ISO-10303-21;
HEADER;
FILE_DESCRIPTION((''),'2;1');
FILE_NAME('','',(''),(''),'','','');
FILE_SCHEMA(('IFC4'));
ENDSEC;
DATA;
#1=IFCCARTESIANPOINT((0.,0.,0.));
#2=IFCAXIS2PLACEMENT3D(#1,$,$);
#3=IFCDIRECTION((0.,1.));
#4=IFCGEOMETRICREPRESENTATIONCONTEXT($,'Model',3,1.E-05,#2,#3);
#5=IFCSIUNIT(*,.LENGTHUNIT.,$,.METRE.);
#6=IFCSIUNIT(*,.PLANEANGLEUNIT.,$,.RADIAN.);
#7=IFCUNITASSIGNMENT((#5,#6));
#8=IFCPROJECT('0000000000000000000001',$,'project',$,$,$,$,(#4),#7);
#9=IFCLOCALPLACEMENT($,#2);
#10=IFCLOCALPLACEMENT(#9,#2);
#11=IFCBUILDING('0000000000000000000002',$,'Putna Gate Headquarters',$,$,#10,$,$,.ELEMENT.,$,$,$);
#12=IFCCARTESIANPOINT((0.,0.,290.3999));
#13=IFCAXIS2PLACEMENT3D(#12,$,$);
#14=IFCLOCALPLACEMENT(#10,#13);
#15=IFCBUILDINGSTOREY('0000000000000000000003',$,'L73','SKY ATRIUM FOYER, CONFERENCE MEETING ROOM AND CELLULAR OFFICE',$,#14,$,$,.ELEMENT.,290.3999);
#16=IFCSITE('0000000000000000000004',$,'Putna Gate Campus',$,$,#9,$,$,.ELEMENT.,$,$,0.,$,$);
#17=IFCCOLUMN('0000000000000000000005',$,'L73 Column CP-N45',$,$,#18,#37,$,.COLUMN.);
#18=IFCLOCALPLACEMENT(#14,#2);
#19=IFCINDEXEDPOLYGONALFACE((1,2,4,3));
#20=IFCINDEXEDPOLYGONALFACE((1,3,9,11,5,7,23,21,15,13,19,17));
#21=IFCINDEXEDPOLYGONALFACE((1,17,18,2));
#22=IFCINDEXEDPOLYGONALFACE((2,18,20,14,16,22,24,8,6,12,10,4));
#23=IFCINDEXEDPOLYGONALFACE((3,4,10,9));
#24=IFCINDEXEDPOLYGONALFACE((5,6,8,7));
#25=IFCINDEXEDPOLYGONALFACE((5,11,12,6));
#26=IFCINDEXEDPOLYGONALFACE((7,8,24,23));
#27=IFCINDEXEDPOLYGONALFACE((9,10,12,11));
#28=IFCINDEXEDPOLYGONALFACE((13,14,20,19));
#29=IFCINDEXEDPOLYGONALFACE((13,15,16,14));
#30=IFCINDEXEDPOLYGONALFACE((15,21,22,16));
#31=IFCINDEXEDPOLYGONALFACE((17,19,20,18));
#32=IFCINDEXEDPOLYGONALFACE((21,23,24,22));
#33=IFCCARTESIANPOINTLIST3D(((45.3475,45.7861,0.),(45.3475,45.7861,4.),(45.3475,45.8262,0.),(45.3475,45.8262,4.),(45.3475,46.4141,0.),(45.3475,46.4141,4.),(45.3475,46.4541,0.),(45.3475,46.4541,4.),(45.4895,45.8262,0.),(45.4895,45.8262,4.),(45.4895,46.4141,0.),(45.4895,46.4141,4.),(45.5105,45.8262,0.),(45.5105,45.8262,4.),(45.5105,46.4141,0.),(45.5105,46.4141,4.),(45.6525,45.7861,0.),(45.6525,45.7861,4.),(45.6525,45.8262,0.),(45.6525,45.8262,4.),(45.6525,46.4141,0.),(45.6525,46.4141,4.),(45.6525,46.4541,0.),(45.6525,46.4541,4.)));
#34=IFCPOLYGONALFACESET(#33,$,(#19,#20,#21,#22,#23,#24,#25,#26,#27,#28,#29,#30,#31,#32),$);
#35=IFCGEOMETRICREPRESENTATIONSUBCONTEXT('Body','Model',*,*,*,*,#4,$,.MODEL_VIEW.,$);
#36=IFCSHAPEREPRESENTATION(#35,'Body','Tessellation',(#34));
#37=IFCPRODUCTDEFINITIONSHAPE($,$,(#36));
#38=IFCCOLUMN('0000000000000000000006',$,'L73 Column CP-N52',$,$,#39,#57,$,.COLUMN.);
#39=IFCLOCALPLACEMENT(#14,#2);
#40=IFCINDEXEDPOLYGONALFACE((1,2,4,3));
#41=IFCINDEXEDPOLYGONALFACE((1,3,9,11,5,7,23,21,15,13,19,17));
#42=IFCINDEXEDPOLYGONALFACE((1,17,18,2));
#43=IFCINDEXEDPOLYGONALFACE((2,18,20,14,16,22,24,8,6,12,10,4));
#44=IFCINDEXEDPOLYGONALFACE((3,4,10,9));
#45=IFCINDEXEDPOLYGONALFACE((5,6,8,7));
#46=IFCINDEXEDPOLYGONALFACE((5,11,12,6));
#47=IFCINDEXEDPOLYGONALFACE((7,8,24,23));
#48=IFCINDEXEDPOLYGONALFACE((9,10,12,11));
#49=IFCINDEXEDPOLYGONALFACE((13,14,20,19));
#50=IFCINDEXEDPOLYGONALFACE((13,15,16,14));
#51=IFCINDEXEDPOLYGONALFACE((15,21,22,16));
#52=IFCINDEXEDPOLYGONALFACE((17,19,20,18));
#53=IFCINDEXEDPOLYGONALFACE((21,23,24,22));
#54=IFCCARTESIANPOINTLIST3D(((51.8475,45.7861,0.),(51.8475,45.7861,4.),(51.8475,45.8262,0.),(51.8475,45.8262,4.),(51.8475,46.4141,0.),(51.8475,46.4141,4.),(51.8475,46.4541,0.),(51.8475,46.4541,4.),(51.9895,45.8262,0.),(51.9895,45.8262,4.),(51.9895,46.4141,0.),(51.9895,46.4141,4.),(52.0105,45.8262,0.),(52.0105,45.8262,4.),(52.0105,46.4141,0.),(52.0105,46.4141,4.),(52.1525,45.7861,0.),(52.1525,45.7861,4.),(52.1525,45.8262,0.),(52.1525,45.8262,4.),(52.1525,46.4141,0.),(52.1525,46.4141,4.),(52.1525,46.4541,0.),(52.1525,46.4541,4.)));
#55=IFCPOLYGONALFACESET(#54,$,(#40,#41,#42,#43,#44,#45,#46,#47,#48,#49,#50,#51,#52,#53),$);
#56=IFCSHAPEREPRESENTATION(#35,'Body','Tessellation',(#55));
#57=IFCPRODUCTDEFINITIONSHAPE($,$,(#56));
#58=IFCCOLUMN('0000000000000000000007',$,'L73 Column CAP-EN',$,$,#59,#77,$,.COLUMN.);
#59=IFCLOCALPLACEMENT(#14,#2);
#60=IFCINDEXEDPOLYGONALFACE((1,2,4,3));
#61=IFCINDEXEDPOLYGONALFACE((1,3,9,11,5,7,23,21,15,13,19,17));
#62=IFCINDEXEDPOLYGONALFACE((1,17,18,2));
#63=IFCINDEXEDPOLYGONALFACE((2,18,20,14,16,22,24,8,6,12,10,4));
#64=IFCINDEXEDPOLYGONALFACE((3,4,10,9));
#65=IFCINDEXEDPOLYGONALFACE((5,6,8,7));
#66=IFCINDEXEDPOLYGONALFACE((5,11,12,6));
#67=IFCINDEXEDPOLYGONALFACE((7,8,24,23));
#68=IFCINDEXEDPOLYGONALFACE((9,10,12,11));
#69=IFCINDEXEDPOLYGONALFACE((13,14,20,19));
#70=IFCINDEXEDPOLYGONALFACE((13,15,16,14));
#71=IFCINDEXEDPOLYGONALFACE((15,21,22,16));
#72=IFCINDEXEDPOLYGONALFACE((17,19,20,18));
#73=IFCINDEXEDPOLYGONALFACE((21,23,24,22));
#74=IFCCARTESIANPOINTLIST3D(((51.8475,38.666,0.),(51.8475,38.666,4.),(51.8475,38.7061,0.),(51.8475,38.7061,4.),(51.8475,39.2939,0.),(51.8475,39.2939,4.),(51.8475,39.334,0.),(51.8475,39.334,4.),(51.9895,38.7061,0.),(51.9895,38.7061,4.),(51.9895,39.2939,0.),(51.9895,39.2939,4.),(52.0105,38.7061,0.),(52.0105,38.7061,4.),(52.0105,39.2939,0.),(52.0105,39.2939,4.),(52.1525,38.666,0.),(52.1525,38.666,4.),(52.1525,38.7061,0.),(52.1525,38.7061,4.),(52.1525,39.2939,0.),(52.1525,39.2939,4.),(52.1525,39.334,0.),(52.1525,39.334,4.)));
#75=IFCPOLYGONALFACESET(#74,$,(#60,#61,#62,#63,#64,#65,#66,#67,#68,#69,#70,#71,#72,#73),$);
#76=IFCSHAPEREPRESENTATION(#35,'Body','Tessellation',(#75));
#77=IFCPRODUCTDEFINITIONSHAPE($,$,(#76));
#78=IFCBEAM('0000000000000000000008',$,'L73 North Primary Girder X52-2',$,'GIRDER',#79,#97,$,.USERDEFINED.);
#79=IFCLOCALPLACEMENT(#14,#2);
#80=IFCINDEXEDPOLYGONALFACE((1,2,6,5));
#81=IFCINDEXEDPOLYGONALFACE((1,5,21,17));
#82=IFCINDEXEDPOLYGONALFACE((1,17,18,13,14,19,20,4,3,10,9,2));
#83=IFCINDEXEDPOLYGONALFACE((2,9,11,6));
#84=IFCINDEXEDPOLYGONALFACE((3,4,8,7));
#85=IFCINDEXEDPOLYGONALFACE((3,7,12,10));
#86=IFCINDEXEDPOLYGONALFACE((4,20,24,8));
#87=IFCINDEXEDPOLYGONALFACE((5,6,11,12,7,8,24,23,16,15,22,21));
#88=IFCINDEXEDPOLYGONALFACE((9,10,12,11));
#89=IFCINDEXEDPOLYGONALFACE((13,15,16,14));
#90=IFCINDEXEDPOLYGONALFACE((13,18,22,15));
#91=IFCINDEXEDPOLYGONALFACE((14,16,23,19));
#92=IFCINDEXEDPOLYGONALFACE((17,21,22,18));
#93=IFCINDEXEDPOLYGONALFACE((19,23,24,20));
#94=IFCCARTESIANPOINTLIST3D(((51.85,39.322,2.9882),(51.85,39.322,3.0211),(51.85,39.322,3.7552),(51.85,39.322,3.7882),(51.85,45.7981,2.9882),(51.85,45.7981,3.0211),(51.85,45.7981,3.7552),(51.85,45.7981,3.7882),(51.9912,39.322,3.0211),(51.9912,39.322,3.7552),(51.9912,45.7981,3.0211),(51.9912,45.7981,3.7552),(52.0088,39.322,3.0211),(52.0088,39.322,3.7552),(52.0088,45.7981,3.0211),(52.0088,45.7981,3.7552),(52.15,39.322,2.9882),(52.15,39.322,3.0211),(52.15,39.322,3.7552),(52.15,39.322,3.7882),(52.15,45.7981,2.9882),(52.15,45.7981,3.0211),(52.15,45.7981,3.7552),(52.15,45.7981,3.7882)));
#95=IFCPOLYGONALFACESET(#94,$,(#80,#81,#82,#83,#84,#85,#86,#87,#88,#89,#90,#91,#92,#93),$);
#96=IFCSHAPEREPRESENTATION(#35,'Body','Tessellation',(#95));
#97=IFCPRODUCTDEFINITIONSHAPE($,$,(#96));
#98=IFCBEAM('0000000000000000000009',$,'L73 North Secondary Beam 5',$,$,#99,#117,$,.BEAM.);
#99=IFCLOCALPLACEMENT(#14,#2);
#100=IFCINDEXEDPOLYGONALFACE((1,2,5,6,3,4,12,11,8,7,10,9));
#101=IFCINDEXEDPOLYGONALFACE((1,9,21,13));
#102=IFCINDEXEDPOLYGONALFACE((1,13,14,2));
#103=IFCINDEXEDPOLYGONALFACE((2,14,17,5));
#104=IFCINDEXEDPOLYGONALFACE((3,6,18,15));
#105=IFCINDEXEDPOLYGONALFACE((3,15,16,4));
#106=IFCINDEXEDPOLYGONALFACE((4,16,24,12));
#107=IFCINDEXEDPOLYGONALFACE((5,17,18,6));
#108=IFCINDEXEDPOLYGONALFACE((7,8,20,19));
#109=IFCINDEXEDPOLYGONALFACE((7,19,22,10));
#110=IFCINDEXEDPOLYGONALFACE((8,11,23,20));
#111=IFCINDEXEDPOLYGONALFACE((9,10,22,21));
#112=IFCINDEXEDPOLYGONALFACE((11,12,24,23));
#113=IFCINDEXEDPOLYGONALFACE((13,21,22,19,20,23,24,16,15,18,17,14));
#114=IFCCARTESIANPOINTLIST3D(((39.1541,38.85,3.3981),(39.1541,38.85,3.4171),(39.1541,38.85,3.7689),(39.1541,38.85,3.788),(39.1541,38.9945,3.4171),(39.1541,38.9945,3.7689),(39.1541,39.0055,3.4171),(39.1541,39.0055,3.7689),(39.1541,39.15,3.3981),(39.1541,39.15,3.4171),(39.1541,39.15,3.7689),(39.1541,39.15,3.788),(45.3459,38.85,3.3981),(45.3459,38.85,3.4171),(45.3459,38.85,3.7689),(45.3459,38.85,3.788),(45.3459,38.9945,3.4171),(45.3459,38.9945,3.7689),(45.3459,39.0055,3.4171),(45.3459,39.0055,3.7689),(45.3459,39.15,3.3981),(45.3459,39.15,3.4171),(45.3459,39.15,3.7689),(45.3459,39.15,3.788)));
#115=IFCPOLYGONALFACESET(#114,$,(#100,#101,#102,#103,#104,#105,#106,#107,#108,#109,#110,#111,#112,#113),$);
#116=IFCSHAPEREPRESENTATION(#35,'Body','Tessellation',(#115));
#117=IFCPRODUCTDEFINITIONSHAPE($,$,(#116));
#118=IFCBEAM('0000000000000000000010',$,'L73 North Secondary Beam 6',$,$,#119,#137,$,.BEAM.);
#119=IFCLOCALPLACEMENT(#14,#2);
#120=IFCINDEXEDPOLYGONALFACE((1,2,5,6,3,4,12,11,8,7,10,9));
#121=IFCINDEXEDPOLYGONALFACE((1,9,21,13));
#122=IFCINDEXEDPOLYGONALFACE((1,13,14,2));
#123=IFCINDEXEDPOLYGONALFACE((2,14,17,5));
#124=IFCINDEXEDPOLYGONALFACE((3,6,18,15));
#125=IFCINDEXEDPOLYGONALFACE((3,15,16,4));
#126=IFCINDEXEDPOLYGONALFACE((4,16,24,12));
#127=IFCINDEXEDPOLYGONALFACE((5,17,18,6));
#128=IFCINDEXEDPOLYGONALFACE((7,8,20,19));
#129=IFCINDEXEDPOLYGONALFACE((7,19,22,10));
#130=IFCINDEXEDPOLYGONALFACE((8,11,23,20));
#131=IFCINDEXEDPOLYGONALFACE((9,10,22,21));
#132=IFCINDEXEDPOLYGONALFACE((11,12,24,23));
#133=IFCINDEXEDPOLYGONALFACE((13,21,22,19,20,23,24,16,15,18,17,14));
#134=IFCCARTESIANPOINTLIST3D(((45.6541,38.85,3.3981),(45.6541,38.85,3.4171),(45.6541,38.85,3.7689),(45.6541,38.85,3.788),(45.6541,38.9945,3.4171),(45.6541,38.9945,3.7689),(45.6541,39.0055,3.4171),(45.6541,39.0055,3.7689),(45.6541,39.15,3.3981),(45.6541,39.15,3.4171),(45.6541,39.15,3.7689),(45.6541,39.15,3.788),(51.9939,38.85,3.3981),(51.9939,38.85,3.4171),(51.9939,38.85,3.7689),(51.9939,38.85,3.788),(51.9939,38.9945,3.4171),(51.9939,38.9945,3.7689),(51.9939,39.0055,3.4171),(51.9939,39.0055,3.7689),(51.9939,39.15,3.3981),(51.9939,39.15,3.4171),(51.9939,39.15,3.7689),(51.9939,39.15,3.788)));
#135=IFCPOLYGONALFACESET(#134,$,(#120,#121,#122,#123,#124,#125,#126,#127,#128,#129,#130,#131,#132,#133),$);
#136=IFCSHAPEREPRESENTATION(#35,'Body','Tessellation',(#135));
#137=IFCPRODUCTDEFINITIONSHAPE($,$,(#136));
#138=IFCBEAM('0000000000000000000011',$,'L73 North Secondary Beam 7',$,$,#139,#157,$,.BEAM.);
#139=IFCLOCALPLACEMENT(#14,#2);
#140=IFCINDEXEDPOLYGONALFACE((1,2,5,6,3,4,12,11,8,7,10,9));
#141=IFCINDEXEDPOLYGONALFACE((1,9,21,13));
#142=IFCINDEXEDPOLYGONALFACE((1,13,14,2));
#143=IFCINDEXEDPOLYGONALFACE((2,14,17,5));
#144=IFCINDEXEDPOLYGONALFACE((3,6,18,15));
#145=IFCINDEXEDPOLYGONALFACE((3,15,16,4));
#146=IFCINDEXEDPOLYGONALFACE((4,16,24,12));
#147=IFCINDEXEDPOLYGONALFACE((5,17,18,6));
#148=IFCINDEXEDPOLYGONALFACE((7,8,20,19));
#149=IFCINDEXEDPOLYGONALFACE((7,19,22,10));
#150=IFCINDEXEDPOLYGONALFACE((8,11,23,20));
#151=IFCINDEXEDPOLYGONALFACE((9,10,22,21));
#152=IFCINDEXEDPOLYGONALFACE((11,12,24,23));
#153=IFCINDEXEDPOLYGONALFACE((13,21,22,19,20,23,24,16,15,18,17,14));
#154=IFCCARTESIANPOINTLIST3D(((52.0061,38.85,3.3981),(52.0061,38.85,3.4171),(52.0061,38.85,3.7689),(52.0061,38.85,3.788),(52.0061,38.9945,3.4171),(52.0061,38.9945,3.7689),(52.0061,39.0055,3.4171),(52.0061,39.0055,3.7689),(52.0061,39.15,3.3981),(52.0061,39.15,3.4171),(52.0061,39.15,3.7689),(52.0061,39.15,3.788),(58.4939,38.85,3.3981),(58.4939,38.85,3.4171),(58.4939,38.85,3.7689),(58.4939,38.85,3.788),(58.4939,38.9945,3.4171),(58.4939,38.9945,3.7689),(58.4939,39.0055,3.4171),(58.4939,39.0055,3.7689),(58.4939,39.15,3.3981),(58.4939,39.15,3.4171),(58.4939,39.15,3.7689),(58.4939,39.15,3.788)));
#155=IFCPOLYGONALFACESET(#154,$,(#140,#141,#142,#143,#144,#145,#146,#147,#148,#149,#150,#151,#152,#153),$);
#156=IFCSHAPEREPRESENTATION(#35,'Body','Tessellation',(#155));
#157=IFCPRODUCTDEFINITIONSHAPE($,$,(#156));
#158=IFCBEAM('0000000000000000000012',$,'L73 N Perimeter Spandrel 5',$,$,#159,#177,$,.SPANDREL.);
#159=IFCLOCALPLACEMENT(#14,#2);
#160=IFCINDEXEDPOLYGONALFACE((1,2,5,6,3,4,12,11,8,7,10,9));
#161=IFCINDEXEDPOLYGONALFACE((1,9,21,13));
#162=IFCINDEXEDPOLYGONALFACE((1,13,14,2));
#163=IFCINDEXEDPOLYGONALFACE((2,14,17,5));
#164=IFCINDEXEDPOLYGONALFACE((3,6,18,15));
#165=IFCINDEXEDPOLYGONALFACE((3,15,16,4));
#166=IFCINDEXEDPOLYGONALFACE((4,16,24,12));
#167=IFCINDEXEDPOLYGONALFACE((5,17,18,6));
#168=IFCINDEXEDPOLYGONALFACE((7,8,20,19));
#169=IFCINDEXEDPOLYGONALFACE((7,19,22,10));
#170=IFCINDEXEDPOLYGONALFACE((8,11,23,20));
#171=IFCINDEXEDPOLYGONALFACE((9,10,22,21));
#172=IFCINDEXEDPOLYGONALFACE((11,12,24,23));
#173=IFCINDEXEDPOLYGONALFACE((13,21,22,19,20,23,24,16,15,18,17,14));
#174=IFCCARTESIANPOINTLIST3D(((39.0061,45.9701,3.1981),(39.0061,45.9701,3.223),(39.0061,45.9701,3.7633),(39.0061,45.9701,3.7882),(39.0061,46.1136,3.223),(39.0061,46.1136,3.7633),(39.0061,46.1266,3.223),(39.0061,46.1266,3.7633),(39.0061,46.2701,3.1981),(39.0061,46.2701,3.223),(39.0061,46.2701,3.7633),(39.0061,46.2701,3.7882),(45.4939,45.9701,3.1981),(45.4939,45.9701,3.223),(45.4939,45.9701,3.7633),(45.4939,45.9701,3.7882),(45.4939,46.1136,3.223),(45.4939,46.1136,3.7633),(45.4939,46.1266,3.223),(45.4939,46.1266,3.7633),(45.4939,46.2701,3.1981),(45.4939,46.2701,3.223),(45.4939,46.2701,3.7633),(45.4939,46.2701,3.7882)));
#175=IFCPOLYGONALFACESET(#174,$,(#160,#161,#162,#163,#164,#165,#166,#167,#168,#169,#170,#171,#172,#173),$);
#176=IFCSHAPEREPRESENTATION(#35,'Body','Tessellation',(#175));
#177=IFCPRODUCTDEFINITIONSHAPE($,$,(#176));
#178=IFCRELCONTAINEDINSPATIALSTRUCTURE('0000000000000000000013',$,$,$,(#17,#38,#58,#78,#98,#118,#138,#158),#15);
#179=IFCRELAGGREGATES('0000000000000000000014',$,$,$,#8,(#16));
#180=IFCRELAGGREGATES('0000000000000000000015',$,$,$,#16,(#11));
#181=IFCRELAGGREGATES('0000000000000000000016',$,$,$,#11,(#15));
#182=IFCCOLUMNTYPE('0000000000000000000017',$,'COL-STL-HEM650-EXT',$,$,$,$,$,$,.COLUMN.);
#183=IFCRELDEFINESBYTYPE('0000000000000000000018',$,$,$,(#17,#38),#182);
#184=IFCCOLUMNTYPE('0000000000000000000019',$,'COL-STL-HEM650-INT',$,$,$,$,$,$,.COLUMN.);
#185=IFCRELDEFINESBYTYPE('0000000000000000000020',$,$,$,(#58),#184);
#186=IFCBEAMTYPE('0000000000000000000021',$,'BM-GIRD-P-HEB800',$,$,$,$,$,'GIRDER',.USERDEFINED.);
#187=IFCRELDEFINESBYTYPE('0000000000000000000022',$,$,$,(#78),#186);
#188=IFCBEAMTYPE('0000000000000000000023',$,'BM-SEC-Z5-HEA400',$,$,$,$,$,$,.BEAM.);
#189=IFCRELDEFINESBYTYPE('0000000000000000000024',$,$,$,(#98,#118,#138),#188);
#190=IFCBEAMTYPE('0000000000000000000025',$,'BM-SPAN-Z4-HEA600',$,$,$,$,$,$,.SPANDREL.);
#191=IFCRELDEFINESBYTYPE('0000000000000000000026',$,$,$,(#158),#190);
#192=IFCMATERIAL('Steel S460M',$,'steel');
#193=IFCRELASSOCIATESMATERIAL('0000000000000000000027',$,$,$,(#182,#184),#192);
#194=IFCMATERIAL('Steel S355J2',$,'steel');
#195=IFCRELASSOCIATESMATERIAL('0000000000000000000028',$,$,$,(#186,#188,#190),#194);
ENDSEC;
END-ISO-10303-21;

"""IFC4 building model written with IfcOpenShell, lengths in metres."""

from ifc_helpers import new_model, si_unit, direction, frame, origin, origin_2d, place, context, subcontext, project, spatial, i_section, extrude, material, material_profile, profile_set, type_object, element, save


model = new_model("IFC4")

# Units and contexts
model_context = context("Model", 3, precision=1e-05, world=origin(), true_north=direction((0.0, 1.0)))
body_context = subcontext(model_context, "Body", "Model", "MODEL_VIEW")
ifc_project = project(units=[si_unit("LENGTHUNIT", "METRE"), si_unit("PLANEANGLEUNIT", "RADIAN")], contexts=[model_context])

# Site, building, storey
site_placement = place(None, origin())
site = spatial("IfcSite", under=ifc_project, at=site_placement, Name="Putna Gate Campus", CompositionType="ELEMENT", RefElevation=0.0)
building_placement = place(site_placement, origin())
building = spatial("IfcBuilding", under=site, at=building_placement, Name="Putna Gate Headquarters", CompositionType="ELEMENT")
storey_placement = place(building_placement, frame((0.0, 0.0, 290.3999)))
storey = spatial("IfcBuildingStorey", under=building, at=storey_placement, Name="L73", Description="SKY ATRIUM FOYER, CONFERENCE MEETING ROOM AND CELLULAR OFFICE", CompositionType="ELEMENT", Elevation=290.3999)

# Columns
ifc_material_1 = material(Name="Steel S460M", Category="steel")
ifc_material_profile_1 = material_profile(ifc_material_1, i_section(OverallWidth=0.3049, OverallDepth=0.668, WebThickness=0.021, FlangeThickness=0.04, at=origin_2d()), Name="Steel S460M")
ifc_profile_set_1 = profile_set([ifc_material_profile_1], Name="Steel S460M")
column_type_1 = type_object("IfcColumnType", Name="COL-STL-HEM650-EXT", PredefinedType="COLUMN", material=ifc_profile_set_1)
for number, where, z_axis, x_axis, name in (
    (1, (45.5, 46.1201, 0.0), (0.0, 0.0, 1.0), (1.0, 0.0, 0.0), "L73 Column CP-N45"),
    (2, (52.0, 46.1201, 0.0), (0.0, 0.0, 1.0), (1.0, 0.0, 0.0), "L73 Column CP-N52"),
):
    element("IfcColumn", number, at=place(storey_placement, frame(where, z_axis=z_axis, x_axis=x_axis)), inside=storey, type_object=column_type_1, Name=name, PredefinedType="COLUMN", context=body_context, shape_type="SweptSolid", body=[
        extrude(i_section(OverallWidth=0.3049, OverallDepth=0.668, WebThickness=0.021, FlangeThickness=0.04, at=origin_2d()), origin(), (0.0, 0.0, 1.0), 4.0),
    ])
ifc_material_profile_2 = material_profile(ifc_material_1, i_section(OverallWidth=0.3049, OverallDepth=0.668, WebThickness=0.021, FlangeThickness=0.04, at=origin_2d()), Name="Steel S460M")
ifc_profile_set_2 = profile_set([ifc_material_profile_2], Name="Steel S460M")
column_type_2 = type_object("IfcColumnType", Name="COL-STL-HEM650-INT", PredefinedType="COLUMN", material=ifc_profile_set_2)
column_placement = place(storey_placement, frame((52.0, 39.0, 0.0), z_axis=(0.0, 0.0, 1.0), x_axis=(1.0, 0.0, 0.0)))
element("IfcColumn", 3, at=column_placement, inside=storey, type_object=column_type_2, Name="L73 Column CAP-EN", PredefinedType="COLUMN", context=body_context, shape_type="SweptSolid", body=[
    extrude(i_section(OverallWidth=0.3049, OverallDepth=0.668, WebThickness=0.021, FlangeThickness=0.04, at=origin_2d()), origin(), (0.0, 0.0, 1.0), 4.0),
])

# Beams
ifc_material_2 = material(Name="Steel S355J2", Category="steel")
ifc_material_profile_3 = material_profile(ifc_material_2, i_section(OverallWidth=0.3, OverallDepth=0.8, WebThickness=0.0176, FlangeThickness=0.033, at=origin_2d()), Name="Steel S355J2")
ifc_profile_set_3 = profile_set([ifc_material_profile_3], Name="Steel S355J2")
beam_type_1 = type_object("IfcBeamType", Name="BM-GIRD-P-HEB800", ElementType="GIRDER", PredefinedType="USERDEFINED", material=ifc_profile_set_3)
beam_1_placement = place(storey_placement, frame((52.0, 39.322, 3.3882), z_axis=(0.0, 1.0, 0.0), x_axis=(-1.0, 0.0, 0.0)))
element("IfcBeam", 4, at=beam_1_placement, inside=storey, type_object=beam_type_1, Name="L73 North Primary Girder X52-2", ObjectType="GIRDER", PredefinedType="USERDEFINED", context=body_context, shape_type="SweptSolid", body=[
    extrude(i_section(OverallWidth=0.3, OverallDepth=0.8, WebThickness=0.0176, FlangeThickness=0.033, at=origin_2d()), origin(), (0.0, 0.0, 1.0), 6.4761),
])
ifc_material_profile_4 = material_profile(ifc_material_2, i_section(OverallWidth=0.3, OverallDepth=0.3899, WebThickness=0.011, FlangeThickness=0.019, at=origin_2d()), Name="Steel S355J2")
ifc_profile_set_4 = profile_set([ifc_material_profile_4], Name="Steel S355J2")
beam_type_2 = type_object("IfcBeamType", Name="BM-SEC-Z5-HEA400", PredefinedType="BEAM", material=ifc_profile_set_4)
beam_2_placement = place(storey_placement, frame((39.1541, 39.0, 3.593), z_axis=(1.0, 0.0, 0.0), x_axis=(0.0, 1.0, 0.0)))
element("IfcBeam", 5, at=beam_2_placement, inside=storey, type_object=beam_type_2, Name="L73 North Secondary Beam 5", PredefinedType="BEAM", context=body_context, shape_type="SweptSolid", body=[
    extrude(i_section(OverallWidth=0.3, OverallDepth=0.3899, WebThickness=0.011, FlangeThickness=0.019, at=origin_2d()), origin(), (0.0, 0.0, 1.0), 6.1919),
])
beam_3_placement = place(storey_placement, frame((45.6541, 39.0, 3.593), z_axis=(1.0, 0.0, 0.0), x_axis=(0.0, 1.0, 0.0)))
element("IfcBeam", 6, at=beam_3_placement, inside=storey, type_object=beam_type_2, Name="L73 North Secondary Beam 6", PredefinedType="BEAM", context=body_context, shape_type="SweptSolid", body=[
    extrude(i_section(OverallWidth=0.3, OverallDepth=0.3899, WebThickness=0.011, FlangeThickness=0.019, at=origin_2d()), origin(), (0.0, 0.0, 1.0), 6.3398),
])
beam_4_placement = place(storey_placement, frame((52.0061, 39.0, 3.593), z_axis=(1.0, 0.0, 0.0), x_axis=(0.0, 1.0, 0.0)))
element("IfcBeam", 7, at=beam_4_placement, inside=storey, type_object=beam_type_2, Name="L73 North Secondary Beam 7", PredefinedType="BEAM", context=body_context, shape_type="SweptSolid", body=[
    extrude(i_section(OverallWidth=0.3, OverallDepth=0.3899, WebThickness=0.011, FlangeThickness=0.019, at=origin_2d()), origin(), (0.0, 0.0, 1.0), 6.4878),
])
ifc_material_profile_5 = material_profile(ifc_material_2, i_section(OverallWidth=0.3, OverallDepth=0.5901, WebThickness=0.0129, FlangeThickness=0.0249, at=origin_2d()), Name="Steel S355J2")
ifc_profile_set_5 = profile_set([ifc_material_profile_5], Name="Steel S355J2")
beam_type_3 = type_object("IfcBeamType", Name="BM-SPAN-Z4-HEA600", PredefinedType="SPANDREL", material=ifc_profile_set_5)
for number, where, z_axis, x_axis, name in (
    (8, (39.0061, 46.1201, 3.4932), (1.0, 0.0, 0.0), (0.0, 1.0, 0.0), "L73 N Perimeter Spandrel 5"),
):
    element("IfcBeam", number, at=place(storey_placement, frame(where, z_axis=z_axis, x_axis=x_axis)), inside=storey, type_object=beam_type_3, Name=name, PredefinedType="SPANDREL", context=body_context, shape_type="SweptSolid", body=[
        extrude(i_section(OverallWidth=0.3, OverallDepth=0.5901, WebThickness=0.0129, FlangeThickness=0.0249, at=origin_2d()), origin(), (0.0, 0.0, 1.0), 6.4878),
    ])

save(model, "model.ifc")
